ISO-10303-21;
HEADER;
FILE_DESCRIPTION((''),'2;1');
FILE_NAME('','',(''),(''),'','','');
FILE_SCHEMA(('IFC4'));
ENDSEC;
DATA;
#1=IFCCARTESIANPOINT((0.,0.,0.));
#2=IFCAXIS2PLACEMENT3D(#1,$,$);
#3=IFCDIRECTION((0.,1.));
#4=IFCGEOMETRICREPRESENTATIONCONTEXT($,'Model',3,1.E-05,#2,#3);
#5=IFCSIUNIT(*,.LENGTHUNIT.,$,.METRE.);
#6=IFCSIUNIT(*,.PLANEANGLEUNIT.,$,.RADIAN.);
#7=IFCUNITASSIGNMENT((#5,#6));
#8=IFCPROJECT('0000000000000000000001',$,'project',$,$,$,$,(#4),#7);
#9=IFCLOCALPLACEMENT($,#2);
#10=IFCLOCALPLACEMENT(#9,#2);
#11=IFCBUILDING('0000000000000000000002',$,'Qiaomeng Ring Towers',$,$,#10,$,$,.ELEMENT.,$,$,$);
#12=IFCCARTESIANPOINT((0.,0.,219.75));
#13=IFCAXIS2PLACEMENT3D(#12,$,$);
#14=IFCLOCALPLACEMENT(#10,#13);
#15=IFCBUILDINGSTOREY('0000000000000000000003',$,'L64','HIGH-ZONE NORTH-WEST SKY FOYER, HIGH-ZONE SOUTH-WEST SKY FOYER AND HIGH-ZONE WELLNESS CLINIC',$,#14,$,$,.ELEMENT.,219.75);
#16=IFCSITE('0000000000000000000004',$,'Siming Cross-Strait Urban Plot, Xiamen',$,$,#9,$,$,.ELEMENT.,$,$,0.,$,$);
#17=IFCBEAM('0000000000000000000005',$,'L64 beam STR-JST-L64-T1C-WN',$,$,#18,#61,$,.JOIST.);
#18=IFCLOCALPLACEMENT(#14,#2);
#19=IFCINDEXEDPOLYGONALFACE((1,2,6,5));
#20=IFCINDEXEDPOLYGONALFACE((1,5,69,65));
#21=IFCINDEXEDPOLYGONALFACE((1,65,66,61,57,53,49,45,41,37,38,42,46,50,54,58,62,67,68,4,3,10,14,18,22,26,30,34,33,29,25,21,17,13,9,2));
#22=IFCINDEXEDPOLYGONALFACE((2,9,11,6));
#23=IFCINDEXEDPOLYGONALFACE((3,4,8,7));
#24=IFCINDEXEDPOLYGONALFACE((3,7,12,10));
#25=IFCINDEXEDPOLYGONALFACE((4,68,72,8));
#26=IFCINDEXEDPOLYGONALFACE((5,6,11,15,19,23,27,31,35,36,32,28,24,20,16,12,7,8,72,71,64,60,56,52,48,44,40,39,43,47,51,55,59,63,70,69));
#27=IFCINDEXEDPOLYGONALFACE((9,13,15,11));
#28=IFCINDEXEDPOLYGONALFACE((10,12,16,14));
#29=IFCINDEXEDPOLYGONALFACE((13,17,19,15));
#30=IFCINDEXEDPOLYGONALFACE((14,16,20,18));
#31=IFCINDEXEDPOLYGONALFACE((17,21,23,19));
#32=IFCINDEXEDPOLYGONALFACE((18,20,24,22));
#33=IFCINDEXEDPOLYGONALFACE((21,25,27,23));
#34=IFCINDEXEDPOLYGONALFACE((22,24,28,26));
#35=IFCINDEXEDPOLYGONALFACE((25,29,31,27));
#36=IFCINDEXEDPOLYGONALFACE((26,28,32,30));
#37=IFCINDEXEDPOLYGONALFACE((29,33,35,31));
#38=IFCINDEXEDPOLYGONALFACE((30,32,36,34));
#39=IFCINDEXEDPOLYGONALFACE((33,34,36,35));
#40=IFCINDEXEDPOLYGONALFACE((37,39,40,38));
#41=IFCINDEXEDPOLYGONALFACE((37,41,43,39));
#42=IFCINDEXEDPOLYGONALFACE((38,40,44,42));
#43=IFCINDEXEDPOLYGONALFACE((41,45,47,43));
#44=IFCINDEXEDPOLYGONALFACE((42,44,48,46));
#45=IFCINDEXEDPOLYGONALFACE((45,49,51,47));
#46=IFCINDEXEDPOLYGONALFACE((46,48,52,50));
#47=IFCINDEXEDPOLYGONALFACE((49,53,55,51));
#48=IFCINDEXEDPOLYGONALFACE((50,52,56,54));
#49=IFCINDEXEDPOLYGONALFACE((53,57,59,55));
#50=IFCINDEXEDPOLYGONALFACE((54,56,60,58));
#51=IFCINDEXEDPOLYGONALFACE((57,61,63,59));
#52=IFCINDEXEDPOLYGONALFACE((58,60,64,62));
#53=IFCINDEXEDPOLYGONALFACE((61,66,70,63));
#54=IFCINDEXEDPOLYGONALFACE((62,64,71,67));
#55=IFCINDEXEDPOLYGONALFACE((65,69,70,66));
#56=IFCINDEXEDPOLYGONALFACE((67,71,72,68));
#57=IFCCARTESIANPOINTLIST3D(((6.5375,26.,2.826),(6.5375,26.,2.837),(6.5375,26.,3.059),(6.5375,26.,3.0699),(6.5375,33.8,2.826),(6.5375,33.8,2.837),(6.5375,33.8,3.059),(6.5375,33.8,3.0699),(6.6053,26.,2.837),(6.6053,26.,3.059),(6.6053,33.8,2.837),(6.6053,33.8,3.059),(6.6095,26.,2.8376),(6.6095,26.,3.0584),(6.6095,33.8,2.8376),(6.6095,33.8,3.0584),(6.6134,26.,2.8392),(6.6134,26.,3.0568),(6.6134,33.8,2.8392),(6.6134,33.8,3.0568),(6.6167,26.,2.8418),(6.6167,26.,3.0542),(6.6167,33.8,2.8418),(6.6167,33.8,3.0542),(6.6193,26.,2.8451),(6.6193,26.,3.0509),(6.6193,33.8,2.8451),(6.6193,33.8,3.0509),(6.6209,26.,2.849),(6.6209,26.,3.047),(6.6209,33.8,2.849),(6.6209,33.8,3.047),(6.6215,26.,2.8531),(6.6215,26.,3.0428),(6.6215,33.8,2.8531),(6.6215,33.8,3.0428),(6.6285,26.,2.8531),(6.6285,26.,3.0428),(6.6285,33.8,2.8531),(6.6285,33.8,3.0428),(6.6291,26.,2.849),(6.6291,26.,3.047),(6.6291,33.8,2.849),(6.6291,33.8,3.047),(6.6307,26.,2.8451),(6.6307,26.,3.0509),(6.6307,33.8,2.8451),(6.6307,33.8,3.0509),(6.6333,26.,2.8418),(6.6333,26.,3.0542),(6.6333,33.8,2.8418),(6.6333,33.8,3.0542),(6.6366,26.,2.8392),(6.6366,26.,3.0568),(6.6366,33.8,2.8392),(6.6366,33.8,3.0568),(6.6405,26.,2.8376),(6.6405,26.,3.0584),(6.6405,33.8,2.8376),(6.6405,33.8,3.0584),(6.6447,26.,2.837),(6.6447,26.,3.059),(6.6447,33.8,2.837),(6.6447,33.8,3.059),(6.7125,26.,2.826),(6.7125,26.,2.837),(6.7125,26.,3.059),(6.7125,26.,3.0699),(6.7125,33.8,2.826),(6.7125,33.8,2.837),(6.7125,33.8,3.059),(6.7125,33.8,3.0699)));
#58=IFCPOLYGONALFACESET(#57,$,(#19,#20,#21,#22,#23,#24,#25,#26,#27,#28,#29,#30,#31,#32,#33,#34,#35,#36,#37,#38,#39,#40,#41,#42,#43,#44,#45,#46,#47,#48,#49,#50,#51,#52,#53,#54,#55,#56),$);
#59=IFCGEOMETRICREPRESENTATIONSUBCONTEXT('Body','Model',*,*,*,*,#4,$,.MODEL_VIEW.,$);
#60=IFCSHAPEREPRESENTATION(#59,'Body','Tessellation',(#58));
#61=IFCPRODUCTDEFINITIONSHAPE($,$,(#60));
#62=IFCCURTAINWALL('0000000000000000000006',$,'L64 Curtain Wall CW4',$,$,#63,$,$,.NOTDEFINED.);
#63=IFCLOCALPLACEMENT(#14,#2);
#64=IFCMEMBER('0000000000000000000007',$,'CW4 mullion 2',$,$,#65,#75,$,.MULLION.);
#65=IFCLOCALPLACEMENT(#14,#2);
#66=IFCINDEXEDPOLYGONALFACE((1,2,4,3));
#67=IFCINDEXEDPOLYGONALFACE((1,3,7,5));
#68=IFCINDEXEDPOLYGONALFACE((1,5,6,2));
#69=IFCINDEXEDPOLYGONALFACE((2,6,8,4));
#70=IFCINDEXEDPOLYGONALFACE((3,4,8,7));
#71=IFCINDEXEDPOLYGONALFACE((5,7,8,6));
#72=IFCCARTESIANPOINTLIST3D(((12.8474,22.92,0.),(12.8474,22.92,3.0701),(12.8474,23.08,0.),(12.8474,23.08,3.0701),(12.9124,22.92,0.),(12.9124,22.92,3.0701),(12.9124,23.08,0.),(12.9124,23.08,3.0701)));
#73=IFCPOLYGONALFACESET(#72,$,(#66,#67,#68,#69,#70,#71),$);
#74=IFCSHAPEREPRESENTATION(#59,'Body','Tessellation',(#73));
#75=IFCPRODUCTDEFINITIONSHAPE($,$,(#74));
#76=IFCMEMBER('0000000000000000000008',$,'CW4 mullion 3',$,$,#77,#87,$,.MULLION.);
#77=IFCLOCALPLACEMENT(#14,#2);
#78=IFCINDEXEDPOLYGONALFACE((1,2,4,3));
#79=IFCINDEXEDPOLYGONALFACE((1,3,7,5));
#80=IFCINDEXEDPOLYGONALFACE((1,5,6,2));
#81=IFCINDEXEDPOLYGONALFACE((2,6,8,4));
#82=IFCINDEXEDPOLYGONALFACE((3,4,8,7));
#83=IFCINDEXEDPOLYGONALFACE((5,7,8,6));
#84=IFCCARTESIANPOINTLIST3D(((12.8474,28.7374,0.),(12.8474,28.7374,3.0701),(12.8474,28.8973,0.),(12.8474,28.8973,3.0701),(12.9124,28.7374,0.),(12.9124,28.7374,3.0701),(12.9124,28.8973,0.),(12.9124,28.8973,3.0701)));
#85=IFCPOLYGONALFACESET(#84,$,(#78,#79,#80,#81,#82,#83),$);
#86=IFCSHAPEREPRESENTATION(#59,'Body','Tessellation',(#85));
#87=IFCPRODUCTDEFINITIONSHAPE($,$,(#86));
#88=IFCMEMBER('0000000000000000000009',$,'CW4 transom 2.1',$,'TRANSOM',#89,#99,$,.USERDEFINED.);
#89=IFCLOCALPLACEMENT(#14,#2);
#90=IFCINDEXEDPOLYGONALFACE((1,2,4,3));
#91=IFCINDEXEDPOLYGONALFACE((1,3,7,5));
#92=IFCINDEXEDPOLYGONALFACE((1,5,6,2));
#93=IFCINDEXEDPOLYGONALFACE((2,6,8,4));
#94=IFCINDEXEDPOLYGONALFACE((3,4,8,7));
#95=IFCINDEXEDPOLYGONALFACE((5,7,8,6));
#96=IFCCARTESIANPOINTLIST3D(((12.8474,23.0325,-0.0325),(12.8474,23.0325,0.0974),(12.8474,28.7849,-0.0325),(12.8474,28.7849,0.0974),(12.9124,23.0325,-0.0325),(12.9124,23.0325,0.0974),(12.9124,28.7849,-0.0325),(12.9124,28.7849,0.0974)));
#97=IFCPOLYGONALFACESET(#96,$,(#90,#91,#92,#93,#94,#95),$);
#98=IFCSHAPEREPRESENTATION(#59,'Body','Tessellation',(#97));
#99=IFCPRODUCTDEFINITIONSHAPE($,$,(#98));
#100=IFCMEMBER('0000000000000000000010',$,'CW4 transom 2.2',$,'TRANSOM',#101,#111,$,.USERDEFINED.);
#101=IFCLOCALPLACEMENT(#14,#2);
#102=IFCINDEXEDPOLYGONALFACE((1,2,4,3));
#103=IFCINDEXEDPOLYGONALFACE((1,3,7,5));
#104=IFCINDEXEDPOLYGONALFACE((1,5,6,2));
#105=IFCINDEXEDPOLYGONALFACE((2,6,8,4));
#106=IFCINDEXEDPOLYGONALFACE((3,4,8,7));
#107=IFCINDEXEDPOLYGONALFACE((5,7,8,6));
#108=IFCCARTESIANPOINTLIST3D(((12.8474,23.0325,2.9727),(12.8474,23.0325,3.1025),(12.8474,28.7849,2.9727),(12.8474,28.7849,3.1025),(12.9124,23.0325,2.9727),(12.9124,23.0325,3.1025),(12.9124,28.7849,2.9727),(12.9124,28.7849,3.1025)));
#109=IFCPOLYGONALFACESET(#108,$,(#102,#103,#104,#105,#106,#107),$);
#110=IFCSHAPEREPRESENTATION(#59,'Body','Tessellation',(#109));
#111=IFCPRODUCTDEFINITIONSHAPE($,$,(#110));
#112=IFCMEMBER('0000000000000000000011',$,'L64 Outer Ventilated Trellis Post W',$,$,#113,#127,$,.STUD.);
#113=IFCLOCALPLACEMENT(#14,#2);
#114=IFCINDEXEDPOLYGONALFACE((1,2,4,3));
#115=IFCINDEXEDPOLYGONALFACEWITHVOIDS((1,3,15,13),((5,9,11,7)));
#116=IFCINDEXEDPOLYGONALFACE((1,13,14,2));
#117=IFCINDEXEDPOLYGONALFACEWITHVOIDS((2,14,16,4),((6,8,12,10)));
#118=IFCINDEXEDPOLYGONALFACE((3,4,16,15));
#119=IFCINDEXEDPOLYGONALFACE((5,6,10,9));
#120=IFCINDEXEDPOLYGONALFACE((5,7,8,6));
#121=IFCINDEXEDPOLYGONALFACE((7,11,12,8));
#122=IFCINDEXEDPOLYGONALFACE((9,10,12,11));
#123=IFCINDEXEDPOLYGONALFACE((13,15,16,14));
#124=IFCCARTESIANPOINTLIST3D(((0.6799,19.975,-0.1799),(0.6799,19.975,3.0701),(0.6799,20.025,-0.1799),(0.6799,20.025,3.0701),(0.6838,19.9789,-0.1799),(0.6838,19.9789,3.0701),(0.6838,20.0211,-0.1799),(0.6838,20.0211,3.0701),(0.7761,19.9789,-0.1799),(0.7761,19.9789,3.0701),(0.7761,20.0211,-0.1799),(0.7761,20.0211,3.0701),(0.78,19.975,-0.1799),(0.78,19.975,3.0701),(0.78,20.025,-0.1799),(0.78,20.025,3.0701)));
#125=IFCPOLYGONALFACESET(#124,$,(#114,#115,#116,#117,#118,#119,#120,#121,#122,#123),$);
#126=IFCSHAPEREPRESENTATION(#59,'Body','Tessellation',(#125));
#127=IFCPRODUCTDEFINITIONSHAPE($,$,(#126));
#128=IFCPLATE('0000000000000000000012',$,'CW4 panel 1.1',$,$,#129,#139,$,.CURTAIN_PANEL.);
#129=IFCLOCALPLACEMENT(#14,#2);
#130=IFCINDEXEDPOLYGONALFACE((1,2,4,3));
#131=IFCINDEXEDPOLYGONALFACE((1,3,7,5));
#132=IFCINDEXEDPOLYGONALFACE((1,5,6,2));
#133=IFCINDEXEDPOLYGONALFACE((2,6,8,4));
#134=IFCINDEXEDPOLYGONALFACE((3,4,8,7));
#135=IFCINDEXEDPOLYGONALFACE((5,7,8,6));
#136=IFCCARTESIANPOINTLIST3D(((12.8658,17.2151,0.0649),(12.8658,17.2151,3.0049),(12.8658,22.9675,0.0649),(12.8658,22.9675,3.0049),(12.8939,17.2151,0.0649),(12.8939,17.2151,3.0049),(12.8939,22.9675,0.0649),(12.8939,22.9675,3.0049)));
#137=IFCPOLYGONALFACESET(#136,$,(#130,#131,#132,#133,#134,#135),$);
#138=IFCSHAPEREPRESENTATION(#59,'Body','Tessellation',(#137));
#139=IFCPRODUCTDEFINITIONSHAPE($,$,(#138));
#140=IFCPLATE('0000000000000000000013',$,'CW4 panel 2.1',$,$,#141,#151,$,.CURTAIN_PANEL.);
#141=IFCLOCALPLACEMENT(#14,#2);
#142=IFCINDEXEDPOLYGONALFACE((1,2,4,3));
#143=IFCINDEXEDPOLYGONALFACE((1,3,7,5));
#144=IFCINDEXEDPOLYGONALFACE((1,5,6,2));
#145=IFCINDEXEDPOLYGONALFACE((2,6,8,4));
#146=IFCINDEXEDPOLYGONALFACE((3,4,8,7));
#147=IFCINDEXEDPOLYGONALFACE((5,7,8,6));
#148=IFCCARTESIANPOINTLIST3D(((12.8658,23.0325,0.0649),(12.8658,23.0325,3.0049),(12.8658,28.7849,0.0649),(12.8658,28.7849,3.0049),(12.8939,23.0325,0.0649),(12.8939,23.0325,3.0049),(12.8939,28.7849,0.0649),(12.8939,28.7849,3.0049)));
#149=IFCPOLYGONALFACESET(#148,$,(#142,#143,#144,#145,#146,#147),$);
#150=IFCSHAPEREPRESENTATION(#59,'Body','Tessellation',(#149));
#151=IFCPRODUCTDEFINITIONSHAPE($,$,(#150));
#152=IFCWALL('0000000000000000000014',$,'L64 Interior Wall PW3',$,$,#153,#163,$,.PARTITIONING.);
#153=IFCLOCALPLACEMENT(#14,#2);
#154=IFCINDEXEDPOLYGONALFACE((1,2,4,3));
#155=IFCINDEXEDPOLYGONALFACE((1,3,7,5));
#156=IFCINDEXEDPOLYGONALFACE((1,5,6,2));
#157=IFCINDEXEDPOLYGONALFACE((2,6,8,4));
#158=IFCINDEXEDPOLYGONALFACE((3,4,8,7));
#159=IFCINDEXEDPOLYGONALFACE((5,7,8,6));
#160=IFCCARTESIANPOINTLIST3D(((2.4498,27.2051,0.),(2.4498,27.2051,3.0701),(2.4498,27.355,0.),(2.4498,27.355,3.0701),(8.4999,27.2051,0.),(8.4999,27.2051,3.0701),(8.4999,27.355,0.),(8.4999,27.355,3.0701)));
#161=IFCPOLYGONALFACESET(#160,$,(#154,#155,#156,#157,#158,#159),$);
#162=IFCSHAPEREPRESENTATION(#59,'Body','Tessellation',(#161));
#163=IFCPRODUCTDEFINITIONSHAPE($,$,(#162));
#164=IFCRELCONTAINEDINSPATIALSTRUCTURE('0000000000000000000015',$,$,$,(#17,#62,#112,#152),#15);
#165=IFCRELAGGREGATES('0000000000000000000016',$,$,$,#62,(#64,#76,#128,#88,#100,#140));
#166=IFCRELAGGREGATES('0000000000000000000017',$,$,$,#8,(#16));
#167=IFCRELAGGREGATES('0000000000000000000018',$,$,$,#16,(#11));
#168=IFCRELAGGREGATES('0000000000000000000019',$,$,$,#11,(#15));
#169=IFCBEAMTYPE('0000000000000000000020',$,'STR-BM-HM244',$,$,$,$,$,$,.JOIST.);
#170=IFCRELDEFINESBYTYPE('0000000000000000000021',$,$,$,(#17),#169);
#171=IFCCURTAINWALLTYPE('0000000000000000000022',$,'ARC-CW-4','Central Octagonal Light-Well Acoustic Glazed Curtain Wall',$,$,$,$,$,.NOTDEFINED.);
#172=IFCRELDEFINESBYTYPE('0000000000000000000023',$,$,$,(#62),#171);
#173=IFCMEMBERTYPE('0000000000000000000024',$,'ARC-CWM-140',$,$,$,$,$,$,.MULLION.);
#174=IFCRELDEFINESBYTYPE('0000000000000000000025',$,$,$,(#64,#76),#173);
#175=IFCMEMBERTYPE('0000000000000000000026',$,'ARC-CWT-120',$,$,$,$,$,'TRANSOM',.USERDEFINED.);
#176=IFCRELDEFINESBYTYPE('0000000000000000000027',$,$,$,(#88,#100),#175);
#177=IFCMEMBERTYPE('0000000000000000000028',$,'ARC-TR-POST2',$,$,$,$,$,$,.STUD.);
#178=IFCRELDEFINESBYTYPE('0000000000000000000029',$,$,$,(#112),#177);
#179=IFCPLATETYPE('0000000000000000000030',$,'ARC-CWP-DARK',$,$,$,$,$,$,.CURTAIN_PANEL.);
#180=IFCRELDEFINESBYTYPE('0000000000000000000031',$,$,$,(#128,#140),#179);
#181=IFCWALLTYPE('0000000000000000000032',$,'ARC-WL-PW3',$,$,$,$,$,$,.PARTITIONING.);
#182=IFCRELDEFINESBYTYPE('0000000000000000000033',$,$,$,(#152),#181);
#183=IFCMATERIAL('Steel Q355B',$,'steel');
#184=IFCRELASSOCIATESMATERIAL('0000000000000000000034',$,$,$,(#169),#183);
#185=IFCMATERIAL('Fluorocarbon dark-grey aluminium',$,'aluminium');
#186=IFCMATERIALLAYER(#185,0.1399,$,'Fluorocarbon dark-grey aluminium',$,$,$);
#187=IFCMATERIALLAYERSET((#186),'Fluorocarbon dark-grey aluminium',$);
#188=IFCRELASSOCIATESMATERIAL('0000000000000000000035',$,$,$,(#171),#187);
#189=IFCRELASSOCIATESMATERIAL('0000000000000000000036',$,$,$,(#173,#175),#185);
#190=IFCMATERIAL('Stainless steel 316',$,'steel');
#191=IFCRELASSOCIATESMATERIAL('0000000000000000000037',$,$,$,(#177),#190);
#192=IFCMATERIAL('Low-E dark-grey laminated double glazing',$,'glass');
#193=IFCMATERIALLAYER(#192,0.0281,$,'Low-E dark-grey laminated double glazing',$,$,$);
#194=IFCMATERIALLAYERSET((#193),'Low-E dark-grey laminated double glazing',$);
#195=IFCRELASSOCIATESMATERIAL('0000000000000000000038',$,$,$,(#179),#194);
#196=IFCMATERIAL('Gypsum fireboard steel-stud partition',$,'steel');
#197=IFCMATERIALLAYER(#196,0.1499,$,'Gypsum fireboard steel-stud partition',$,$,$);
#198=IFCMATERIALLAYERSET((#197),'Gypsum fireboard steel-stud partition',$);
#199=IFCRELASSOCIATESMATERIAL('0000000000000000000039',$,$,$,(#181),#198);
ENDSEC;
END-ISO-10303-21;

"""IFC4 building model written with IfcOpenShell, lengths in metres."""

from ifc_helpers import new_model, si_unit, direction, frame, frame_2d, origin, origin_2d, place, context, subcontext, project, spatial, rectangle, hollow_rectangle, i_section, extrude, source, transform, mapped, material, layer, layer_set, material_profile, profile_set, type_object, element, aggregate, save


model = new_model("IFC4")

# Units and contexts
model_context = context("Model", 3, precision=1e-05, world=origin(), true_north=direction((0.0, 1.0)))
body_context = subcontext(model_context, "Body", "Model", "MODEL_VIEW")
ifc_project = project(units=[si_unit("LENGTHUNIT", "METRE"), si_unit("PLANEANGLEUNIT", "RADIAN")], contexts=[model_context])

# Site, building, storey
site_placement = place(None, origin())
site = spatial("IfcSite", under=ifc_project, at=site_placement, Name="Siming Cross-Strait Urban Plot, Xiamen", CompositionType="ELEMENT", RefElevation=0.0)
building_placement = place(site_placement, origin())
building = spatial("IfcBuilding", under=site, at=building_placement, Name="Qiaomeng Ring Towers", CompositionType="ELEMENT")
storey_placement = place(building_placement, frame((0.0, 0.0, 219.75)))
storey = spatial("IfcBuildingStorey", under=building, at=storey_placement, Name="L64", Description="HIGH-ZONE NORTH-WEST SKY FOYER, HIGH-ZONE SOUTH-WEST SKY FOYER AND HIGH-ZONE WELLNESS CLINIC", CompositionType="ELEMENT", Elevation=219.75)

# Beam
ifc_material_1 = material(Name="Steel Q355B", Category="steel")
ifc_material_profile_1 = material_profile(ifc_material_1, i_section(OverallWidth=0.175, OverallDepth=0.2439, WebThickness=0.0071, FlangeThickness=0.011, FilletRadius=0.0161, at=origin_2d()), Name="HM 244x175x7x11")
ifc_profile_set_1 = profile_set([ifc_material_profile_1], Name="Steel Q355B")
beam_type_1 = type_object("IfcBeamType", Name="STR-BM-HM244", PredefinedType="JOIST", material=ifc_profile_set_1)
shared_shape_1 = source(origin(), body_context, "Body", "SweptSolid", [
    extrude(i_section(OverallWidth=0.175, OverallDepth=0.2439, WebThickness=0.0071, FlangeThickness=0.011, FilletRadius=0.0161, at=origin_2d()), origin(), (0.0, 0.0, 1.0), 7.8),
])
beam_1_placement = place(storey_placement, frame((6.625, 26.0, 2.948), z_axis=(0.0, 1.0, 0.0), x_axis=(-1.0, 0.0, 0.0)))
element("IfcBeam", 1, at=beam_1_placement, inside=storey, type_object=beam_type_1, Name="L64 beam STR-JST-L64-T1C-WN", PredefinedType="JOIST", context=body_context, shape_type="MappedRepresentation", body=[
    mapped(shared_shape_1, transform((0.0, 0.0, 0.0), x_axis=(1.0, 0.0, 0.0), y_axis=(0.0, 1.0, 0.0), z_axis=(0.0, 0.0, 1.0), scale=1.0)),
])

# Curtain wall, members
ifc_material_2 = material(Name="Fluorocarbon dark-grey aluminium", Category="aluminium")
ifc_layer_1 = layer(ifc_material_2, 0.1399, Name="Fluorocarbon dark-grey aluminium")
ifc_layer_set_1 = layer_set([ifc_layer_1], Name="Fluorocarbon dark-grey aluminium")
curtain_wall_type = type_object("IfcCurtainWallType", Name="ARC-CW-4", Description="Central Octagonal Light-Well Acoustic Glazed Curtain Wall", PredefinedType="NOTDEFINED", material=ifc_layer_set_1)
curtain_wall_placement = place(storey_placement, origin())
curtain_wall = element("IfcCurtainWall", 2, at=curtain_wall_placement, inside=storey, type_object=curtain_wall_type, Name="L64 Curtain Wall CW4", PredefinedType="NOTDEFINED")
ifc_material_profile_2 = material_profile(ifc_material_2, rectangle(XDim=0.0649, YDim=0.1599, at=origin_2d()), Name="ALU MULL 65x160")
ifc_profile_set_2 = profile_set([ifc_material_profile_2], Name="Fluorocarbon dark-grey aluminium")
member_type_1 = type_object("IfcMemberType", Name="ARC-CWM-140", PredefinedType="MULLION", material=ifc_profile_set_2)
shared_shape_2 = source(origin(), body_context, "Body", "SweptSolid", [
    extrude(rectangle(XDim=0.0649, YDim=0.1599, at=origin_2d()), origin(), (0.0, 0.0, 1.0), 3.0701),
])
member_1_placement = place(storey_placement, frame((12.8799, 23.0, 0.0), z_axis=(0.0, 0.0, 1.0), x_axis=(-1.0, 0.0, 0.0)))
member_1 = element("IfcMember", 3, at=member_1_placement, type_object=member_type_1, Name="CW4 mullion 2", PredefinedType="MULLION", context=body_context, shape_type="MappedRepresentation", body=[
    mapped(shared_shape_2, transform((0.0, 0.0, 0.0), x_axis=(1.0, 0.0, 0.0), y_axis=(0.0, 1.0, 0.0), z_axis=(0.0, 0.0, 1.0), scale=1.0)),
])
member_2_placement = place(storey_placement, frame((12.8799, 28.8174, 0.0), z_axis=(0.0, 0.0, 1.0), x_axis=(-1.0, 0.0, 0.0)))
member_2 = element("IfcMember", 4, at=member_2_placement, type_object=member_type_1, Name="CW4 mullion 3", PredefinedType="MULLION", context=body_context, shape_type="MappedRepresentation", body=[
    mapped(shared_shape_2, transform((0.0, 0.0, 0.0), x_axis=(1.0, 0.0, 0.0), y_axis=(0.0, 1.0, 0.0), z_axis=(0.0, 0.0, 1.0), scale=1.0)),
])
ifc_material_profile_3 = material_profile(ifc_material_2, rectangle(XDim=0.0649, YDim=0.1299, at=origin_2d()), Name="ALU TRAN 65x130")
ifc_profile_set_3 = profile_set([ifc_material_profile_3], Name="Fluorocarbon dark-grey aluminium")
member_type_2 = type_object("IfcMemberType", Name="ARC-CWT-120", ElementType="TRANSOM", PredefinedType="USERDEFINED", material=ifc_profile_set_3)
shared_shape_3 = source(origin(), body_context, "Body", "SweptSolid", [
    extrude(rectangle(XDim=0.0649, YDim=0.1299, at=origin_2d()), origin(), (0.0, 0.0, 1.0), 5.7524),
])
member_3_placement = place(storey_placement, frame((12.8799, 23.0325, 0.0325), z_axis=(0.0, 1.0, 0.0), x_axis=(-1.0, 0.0, 0.0)))
member_3 = element("IfcMember", 5, at=member_3_placement, type_object=member_type_2, Name="CW4 transom 2.1", ObjectType="TRANSOM", PredefinedType="USERDEFINED", context=body_context, shape_type="MappedRepresentation", body=[
    mapped(shared_shape_3, transform((0.0, 0.0, 0.0), x_axis=(1.0, 0.0, 0.0), y_axis=(0.0, 1.0, 0.0), z_axis=(0.0, 0.0, 1.0), scale=1.0)),
])
member_4_placement = place(storey_placement, frame((12.8799, 23.0325, 3.0376), z_axis=(0.0, 1.0, 0.0), x_axis=(-1.0, 0.0, 0.0)))
member_4 = element("IfcMember", 6, at=member_4_placement, type_object=member_type_2, Name="CW4 transom 2.2", ObjectType="TRANSOM", PredefinedType="USERDEFINED", context=body_context, shape_type="MappedRepresentation", body=[
    mapped(shared_shape_3, transform((0.0, 0.0, 0.0), x_axis=(1.0, 0.0, 0.0), y_axis=(0.0, 1.0, 0.0), z_axis=(0.0, 0.0, 1.0), scale=1.0)),
])

# Member
ifc_material_3 = material(Name="Stainless steel 316", Category="steel")
ifc_material_profile_4 = material_profile(ifc_material_3, hollow_rectangle(XDim=0.05, YDim=0.1001, WallThickness=0.0039, at=origin_2d()), Name="SS TRELLIS 100x50")
ifc_profile_set_4 = profile_set([ifc_material_profile_4], Name="Stainless steel 316")
member_type_3 = type_object("IfcMemberType", Name="ARC-TR-POST2", PredefinedType="STUD", material=ifc_profile_set_4)
shared_shape_4 = source(origin(), body_context, "Body", "SweptSolid", [
    extrude(hollow_rectangle(XDim=0.05, YDim=0.1001, WallThickness=0.0039, at=origin_2d()), origin(), (0.0, 0.0, 1.0), 3.25),
])
member_5_placement = place(storey_placement, frame((0.73, 20.0, -0.1799), z_axis=(0.0, 0.0, 1.0), x_axis=(0.0, 1.0, 0.0)))
element("IfcMember", 7, at=member_5_placement, inside=storey, type_object=member_type_3, Name="L64 Outer Ventilated Trellis Post W", PredefinedType="STUD", context=body_context, shape_type="MappedRepresentation", body=[
    mapped(shared_shape_4, transform((0.0, 0.0, 0.0), x_axis=(1.0, 0.0, 0.0), y_axis=(0.0, 1.0, 0.0), z_axis=(0.0, 0.0, 1.0), scale=1.0)),
])

# Plates
ifc_material_4 = material(Name="Low-E dark-grey laminated double glazing", Category="glass")
ifc_layer_2 = layer(ifc_material_4, 0.0281, Name="Low-E dark-grey laminated double glazing")
ifc_layer_set_2 = layer_set([ifc_layer_2], Name="Low-E dark-grey laminated double glazing")
plate_type = type_object("IfcPlateType", Name="ARC-CWP-DARK", PredefinedType="CURTAIN_PANEL", material=ifc_layer_set_2)
shared_shape_5 = source(origin(), body_context, "Body", "SweptSolid", [
    extrude(rectangle(XDim=5.7524, YDim=0.0281, at=origin_2d()), origin(), (0.0, 0.0, 1.0), 2.9399),
])
plate_1_placement = place(storey_placement, frame((12.8799, 20.0913, 0.0649), z_axis=(0.0, 0.0, 1.0), x_axis=(0.0, 1.0, 0.0)))
plate_1 = element("IfcPlate", 8, at=plate_1_placement, type_object=plate_type, Name="CW4 panel 1.1", PredefinedType="CURTAIN_PANEL", context=body_context, shape_type="MappedRepresentation", body=[
    mapped(shared_shape_5, transform((0.0, 0.0, 0.0), x_axis=(1.0, 0.0, 0.0), y_axis=(0.0, 1.0, 0.0), z_axis=(0.0, 0.0, 1.0), scale=1.0)),
])
plate_2_placement = place(storey_placement, frame((12.8799, 25.9087, 0.0649), z_axis=(0.0, 0.0, 1.0), x_axis=(0.0, 1.0, 0.0)))
plate_2 = element("IfcPlate", 9, at=plate_2_placement, type_object=plate_type, Name="CW4 panel 2.1", PredefinedType="CURTAIN_PANEL", context=body_context, shape_type="MappedRepresentation", body=[
    mapped(shared_shape_5, transform((0.0, 0.0, 0.0), x_axis=(1.0, 0.0, 0.0), y_axis=(0.0, 1.0, 0.0), z_axis=(0.0, 0.0, 1.0), scale=1.0)),
])
aggregate(curtain_wall, [member_1, member_2, plate_1, member_3, member_4, plate_2])

# Wall
ifc_material_5 = material(Name="Gypsum fireboard steel-stud partition", Category="steel")
ifc_layer_3 = layer(ifc_material_5, 0.1499, Name="Gypsum fireboard steel-stud partition")
ifc_layer_set_3 = layer_set([ifc_layer_3], Name="Gypsum fireboard steel-stud partition")
wall_type_1 = type_object("IfcWallType", Name="ARC-WL-PW3", PredefinedType="PARTITIONING", material=ifc_layer_set_3)
wall_1_placement = place(storey_placement, frame((2.45, 27.28, 0.0), z_axis=(0.0, 0.0, 1.0), x_axis=(1.0, 0.0, 0.0)))
element("IfcWall", 10, at=wall_1_placement, inside=storey, type_object=wall_type_1, Name="L64 Interior Wall PW3", PredefinedType="PARTITIONING", context=body_context, shape_type="SweptSolid", body=[
    extrude(rectangle(XDim=6.05, YDim=0.1499, at=frame_2d((3.0249, 0.0))), origin(), (0.0, 0.0, 1.0), 3.0701),
])

save(model, "model.ifc")
